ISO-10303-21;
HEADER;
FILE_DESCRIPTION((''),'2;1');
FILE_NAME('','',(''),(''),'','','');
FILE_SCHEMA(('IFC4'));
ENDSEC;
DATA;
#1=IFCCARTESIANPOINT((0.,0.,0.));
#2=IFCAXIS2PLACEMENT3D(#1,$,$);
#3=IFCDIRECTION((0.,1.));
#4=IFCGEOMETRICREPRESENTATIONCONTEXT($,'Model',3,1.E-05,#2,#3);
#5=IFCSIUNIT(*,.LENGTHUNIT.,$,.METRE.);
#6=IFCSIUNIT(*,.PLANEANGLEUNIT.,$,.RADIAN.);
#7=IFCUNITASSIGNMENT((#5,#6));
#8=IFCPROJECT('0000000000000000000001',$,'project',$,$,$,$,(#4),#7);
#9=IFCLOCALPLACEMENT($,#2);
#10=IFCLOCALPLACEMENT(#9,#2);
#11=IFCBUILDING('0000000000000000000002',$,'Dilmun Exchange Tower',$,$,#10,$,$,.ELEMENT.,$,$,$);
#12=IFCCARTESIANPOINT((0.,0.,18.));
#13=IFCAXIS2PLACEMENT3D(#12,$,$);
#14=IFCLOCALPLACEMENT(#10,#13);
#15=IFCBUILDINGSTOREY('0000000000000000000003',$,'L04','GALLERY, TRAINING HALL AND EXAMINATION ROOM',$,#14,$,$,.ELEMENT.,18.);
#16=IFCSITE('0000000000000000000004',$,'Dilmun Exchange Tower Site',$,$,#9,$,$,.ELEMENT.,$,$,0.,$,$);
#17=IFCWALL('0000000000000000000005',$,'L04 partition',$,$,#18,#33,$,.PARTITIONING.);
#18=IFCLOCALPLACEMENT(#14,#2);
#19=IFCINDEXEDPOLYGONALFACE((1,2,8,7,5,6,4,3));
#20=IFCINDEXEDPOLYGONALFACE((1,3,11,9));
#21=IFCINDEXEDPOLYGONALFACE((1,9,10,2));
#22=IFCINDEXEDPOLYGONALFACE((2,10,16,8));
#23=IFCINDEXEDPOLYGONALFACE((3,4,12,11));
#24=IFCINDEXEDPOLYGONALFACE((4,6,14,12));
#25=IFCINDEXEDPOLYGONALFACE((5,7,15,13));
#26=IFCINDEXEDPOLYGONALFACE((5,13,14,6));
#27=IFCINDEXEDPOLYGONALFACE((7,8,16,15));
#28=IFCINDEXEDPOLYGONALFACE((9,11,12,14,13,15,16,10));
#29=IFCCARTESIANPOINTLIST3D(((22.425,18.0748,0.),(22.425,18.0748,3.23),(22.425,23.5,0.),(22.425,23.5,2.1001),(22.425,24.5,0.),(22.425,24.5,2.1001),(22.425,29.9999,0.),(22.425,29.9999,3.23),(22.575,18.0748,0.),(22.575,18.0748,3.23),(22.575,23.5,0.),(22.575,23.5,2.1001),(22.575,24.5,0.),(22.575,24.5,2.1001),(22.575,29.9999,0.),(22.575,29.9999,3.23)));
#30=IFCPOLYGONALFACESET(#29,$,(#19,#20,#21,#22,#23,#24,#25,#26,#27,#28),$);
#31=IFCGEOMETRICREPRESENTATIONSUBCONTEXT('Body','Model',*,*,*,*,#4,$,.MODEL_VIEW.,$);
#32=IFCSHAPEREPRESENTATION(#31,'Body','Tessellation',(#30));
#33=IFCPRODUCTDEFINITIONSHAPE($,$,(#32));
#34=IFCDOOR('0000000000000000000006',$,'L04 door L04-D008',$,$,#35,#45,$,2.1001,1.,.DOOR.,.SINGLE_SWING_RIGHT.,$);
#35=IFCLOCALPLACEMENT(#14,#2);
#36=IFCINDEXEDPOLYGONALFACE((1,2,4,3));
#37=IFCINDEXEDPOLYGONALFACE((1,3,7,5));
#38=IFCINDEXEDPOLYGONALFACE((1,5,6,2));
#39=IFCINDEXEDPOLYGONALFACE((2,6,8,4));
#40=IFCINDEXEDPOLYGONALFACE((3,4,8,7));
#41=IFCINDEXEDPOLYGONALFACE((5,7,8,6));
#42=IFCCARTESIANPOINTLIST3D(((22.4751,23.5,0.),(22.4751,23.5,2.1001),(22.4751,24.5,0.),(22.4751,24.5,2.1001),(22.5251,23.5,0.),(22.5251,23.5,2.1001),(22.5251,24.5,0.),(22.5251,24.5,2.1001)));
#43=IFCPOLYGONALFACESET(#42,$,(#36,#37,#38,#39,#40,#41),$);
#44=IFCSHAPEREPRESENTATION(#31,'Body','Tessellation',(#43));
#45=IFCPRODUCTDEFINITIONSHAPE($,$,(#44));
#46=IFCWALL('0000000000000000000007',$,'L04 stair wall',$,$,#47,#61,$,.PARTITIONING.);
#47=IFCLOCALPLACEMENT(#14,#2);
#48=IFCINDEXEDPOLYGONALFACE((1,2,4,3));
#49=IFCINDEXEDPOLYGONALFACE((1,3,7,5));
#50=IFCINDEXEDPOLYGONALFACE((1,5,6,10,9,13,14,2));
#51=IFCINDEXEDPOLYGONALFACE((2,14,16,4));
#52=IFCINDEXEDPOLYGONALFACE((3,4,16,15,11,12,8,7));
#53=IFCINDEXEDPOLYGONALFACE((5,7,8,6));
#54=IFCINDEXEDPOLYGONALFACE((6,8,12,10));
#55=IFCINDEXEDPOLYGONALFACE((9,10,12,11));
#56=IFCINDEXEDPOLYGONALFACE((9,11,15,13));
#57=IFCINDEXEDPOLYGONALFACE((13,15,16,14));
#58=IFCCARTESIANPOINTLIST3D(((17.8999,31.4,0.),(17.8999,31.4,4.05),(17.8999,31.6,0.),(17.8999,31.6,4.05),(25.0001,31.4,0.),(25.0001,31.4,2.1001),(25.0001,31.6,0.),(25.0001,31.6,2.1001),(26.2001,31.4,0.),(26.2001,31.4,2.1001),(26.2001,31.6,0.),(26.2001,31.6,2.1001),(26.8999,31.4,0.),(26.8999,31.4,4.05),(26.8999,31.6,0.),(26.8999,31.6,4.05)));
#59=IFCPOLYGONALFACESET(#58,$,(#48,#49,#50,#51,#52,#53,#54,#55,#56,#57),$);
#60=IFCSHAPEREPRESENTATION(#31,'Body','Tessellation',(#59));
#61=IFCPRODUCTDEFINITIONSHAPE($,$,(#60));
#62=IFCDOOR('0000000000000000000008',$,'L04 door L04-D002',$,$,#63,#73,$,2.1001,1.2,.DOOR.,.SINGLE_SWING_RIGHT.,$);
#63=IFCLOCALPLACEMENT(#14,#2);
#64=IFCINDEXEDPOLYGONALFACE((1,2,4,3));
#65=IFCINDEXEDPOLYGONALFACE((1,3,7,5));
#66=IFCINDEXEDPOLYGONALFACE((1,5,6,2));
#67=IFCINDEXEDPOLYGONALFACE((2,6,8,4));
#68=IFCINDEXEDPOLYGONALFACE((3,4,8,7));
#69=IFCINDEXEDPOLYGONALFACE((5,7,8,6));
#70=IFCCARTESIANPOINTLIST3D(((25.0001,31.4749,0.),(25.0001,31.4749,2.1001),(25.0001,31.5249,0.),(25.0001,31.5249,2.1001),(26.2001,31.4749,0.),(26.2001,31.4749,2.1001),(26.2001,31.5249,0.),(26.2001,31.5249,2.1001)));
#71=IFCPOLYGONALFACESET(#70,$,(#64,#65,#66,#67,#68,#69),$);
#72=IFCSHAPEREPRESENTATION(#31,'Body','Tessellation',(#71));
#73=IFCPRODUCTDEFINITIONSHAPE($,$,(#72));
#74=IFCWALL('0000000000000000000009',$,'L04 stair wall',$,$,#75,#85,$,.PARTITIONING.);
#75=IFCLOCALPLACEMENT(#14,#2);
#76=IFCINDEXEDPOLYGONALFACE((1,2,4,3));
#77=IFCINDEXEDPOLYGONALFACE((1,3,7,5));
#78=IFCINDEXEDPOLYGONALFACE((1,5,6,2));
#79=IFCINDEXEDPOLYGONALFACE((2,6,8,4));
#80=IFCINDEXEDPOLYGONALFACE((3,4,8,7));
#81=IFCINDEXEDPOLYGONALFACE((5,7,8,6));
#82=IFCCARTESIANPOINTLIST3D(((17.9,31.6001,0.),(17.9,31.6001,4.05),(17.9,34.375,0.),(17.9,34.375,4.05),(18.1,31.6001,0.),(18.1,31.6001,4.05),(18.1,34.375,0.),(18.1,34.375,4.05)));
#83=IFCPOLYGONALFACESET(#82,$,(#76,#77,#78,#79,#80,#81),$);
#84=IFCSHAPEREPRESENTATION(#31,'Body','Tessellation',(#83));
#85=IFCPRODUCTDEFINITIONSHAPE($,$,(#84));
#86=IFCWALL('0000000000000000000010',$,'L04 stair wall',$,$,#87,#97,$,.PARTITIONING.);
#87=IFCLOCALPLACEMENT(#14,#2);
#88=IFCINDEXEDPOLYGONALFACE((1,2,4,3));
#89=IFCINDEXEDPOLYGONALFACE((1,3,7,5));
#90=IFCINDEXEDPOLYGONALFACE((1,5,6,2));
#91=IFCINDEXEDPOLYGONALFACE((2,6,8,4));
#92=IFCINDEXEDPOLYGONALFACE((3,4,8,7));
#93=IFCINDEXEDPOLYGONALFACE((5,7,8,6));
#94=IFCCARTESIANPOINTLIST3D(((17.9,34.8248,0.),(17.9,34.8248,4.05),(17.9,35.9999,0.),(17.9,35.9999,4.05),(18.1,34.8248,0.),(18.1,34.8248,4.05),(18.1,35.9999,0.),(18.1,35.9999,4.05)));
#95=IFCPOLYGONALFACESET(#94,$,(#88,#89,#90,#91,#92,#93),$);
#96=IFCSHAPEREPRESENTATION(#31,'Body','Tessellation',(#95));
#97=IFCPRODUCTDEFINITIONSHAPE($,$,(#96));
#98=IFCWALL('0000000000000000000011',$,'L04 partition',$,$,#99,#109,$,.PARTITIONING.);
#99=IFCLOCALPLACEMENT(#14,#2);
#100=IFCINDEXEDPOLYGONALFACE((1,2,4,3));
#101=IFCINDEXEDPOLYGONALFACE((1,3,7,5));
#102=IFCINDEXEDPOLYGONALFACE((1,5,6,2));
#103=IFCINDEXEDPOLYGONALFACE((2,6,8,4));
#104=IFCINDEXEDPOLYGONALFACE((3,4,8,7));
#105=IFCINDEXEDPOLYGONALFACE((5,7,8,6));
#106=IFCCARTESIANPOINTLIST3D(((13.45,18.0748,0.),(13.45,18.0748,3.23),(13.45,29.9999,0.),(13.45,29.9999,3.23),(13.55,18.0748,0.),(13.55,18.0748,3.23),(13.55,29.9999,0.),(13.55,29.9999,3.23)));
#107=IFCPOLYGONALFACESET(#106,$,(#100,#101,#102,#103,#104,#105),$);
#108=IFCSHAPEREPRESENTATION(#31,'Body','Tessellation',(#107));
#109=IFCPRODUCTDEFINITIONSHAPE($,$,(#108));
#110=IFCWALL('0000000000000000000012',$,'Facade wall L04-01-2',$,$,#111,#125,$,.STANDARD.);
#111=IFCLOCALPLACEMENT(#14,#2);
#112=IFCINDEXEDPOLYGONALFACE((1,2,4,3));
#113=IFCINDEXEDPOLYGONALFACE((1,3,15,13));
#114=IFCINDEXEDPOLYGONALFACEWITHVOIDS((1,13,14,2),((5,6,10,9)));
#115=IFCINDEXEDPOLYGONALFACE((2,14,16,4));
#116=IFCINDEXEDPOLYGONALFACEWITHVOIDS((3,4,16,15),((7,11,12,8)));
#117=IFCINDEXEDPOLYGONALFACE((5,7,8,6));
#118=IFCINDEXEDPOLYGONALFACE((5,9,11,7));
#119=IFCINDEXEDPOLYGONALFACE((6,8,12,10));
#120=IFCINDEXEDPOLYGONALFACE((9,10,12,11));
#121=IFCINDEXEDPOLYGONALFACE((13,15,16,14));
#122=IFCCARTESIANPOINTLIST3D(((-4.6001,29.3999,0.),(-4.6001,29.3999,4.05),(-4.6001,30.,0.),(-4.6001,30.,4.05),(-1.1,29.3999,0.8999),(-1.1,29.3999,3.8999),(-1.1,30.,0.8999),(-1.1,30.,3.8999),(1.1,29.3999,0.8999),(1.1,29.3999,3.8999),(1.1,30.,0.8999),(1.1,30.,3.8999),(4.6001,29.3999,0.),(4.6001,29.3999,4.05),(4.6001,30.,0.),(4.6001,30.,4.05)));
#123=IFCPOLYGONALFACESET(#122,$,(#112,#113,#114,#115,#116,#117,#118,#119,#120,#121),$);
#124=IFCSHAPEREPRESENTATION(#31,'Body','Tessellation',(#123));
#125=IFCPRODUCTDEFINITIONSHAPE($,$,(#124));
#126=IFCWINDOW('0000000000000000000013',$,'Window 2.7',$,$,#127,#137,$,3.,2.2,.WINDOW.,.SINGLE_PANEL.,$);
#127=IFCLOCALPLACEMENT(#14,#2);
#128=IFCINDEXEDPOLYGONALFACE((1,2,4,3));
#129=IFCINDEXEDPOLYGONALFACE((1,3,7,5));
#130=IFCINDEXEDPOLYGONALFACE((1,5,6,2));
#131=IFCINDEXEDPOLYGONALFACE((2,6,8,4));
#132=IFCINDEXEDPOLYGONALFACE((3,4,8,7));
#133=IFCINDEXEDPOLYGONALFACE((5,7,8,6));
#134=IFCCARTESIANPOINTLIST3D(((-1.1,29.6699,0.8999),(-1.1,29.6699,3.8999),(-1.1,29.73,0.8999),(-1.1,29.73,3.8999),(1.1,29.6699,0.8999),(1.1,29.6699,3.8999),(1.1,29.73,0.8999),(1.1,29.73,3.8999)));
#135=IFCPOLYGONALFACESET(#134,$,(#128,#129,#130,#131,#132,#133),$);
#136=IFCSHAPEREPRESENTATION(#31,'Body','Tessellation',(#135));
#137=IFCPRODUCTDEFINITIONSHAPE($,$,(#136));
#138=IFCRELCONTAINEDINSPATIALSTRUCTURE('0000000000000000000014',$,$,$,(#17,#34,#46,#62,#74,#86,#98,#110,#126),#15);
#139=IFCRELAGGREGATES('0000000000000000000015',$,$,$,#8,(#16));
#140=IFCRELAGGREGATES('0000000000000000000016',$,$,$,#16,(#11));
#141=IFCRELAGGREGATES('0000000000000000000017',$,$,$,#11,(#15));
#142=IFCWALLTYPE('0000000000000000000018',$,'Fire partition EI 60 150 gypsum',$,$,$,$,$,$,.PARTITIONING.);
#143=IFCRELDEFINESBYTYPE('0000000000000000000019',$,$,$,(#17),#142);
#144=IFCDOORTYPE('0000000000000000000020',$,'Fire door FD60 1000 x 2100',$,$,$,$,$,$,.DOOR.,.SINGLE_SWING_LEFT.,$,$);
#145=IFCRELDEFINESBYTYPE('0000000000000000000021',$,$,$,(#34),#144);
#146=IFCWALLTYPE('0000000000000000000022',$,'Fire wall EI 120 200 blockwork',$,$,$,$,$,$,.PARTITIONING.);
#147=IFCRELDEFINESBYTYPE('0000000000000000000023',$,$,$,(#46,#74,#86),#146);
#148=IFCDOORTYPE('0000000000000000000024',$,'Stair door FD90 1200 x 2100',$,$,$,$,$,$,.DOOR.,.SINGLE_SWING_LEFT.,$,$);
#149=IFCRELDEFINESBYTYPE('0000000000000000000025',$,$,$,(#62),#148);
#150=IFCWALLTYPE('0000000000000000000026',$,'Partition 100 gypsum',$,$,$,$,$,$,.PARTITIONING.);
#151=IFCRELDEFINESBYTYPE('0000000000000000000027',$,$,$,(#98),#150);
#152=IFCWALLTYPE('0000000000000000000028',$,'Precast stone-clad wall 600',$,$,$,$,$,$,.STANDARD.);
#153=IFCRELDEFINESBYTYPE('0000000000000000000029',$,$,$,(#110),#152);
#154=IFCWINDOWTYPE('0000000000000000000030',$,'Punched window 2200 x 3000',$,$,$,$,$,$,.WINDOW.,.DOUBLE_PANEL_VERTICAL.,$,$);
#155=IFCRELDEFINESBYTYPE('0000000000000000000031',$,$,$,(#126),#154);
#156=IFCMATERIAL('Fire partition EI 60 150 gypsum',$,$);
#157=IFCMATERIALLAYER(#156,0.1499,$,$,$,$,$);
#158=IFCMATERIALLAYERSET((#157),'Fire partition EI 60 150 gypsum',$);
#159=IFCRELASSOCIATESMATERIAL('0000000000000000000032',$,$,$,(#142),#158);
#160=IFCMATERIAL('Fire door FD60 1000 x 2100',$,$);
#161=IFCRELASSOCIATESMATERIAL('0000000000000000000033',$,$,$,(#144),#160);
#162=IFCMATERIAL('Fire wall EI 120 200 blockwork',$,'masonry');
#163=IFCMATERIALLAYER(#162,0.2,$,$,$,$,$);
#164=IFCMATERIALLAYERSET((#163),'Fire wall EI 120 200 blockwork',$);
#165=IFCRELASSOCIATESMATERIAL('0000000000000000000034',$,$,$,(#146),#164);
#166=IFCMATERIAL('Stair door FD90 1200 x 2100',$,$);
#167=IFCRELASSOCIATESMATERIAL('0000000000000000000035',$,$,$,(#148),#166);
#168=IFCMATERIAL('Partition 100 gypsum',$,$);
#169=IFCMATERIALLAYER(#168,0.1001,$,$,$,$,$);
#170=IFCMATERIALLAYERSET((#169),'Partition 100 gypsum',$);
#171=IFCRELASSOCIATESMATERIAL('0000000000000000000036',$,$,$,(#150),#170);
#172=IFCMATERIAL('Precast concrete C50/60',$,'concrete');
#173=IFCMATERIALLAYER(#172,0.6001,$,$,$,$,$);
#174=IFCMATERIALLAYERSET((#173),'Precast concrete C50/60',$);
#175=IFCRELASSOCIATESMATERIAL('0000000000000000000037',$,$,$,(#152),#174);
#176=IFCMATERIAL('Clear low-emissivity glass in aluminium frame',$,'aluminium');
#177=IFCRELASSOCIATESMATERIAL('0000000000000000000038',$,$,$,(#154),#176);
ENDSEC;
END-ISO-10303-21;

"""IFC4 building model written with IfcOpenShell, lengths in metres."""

from ifc_helpers import new_model, si_unit, direction, frame, frame_2d, origin, place, context, subcontext, project, spatial, rectangle, extrude, material, layer, layer_set, type_object, element, fill, save


model = new_model("IFC4")

# Units and contexts
model_context = context("Model", 3, precision=1e-05, world=origin(), true_north=direction((0.0, 1.0)))
body_context = subcontext(model_context, "Body", "Model", "MODEL_VIEW")
ifc_project = project(units=[si_unit("LENGTHUNIT", "METRE"), si_unit("PLANEANGLEUNIT", "RADIAN")], contexts=[model_context])

# Site, building, storey
site_placement = place(None, origin())
site = spatial("IfcSite", under=ifc_project, at=site_placement, Name="Dilmun Exchange Tower Site", CompositionType="ELEMENT", RefElevation=0.0)
building_placement = place(site_placement, origin())
building = spatial("IfcBuilding", under=site, at=building_placement, Name="Dilmun Exchange Tower", CompositionType="ELEMENT")
storey_placement = place(building_placement, frame((0.0, 0.0, 18.0)))
storey = spatial("IfcBuildingStorey", under=building, at=storey_placement, Name="L04", Description="GALLERY, TRAINING HALL AND EXAMINATION ROOM", CompositionType="ELEMENT", Elevation=18.0)

# Shared definitions
ifc_material_1 = material(Name="Fire partition EI 60 150 gypsum")
ifc_layer_1 = layer(ifc_material_1, 0.1499)
ifc_layer_set_1 = layer_set([ifc_layer_1], Name="Fire partition EI 60 150 gypsum")
wall_type_1 = type_object("IfcWallType", Name="Fire partition EI 60 150 gypsum", PredefinedType="PARTITIONING", material=ifc_layer_set_1)
ifc_material_2 = material(Name="Fire door FD60 1000 x 2100")
door_type_1 = type_object("IfcDoorType", Name="Fire door FD60 1000 x 2100", OperationType="SINGLE_SWING_LEFT", PredefinedType="DOOR", material=ifc_material_2)

# Walls, openings, doors
wall_1_placement = place(storey_placement, frame((22.5, 18.075, 0.0), z_axis=(0.0, 0.0, 1.0), x_axis=(0.0, 1.0, 0.0)))
wall_1 = element("IfcWall", 1, at=wall_1_placement, inside=storey, type_object=wall_type_1, Name="L04 partition", PredefinedType="PARTITIONING", context=body_context, shape_type="SweptSolid", body=[
    extrude(rectangle(XDim=11.925, YDim=0.1499, at=frame_2d((5.9624, 0.0))), origin(), (0.0, 0.0, 1.0), 3.23),
])
opening_1_placement = place(wall_1_placement, frame((5.425, 0.0, 0.0)))
opening_1 = element("IfcOpeningElement", 2, at=opening_1_placement, cuts=wall_1, PredefinedType="OPENING", context=body_context, shape_type="SweptSolid", body=[
    extrude(rectangle(XDim=1.0, YDim=2.1001, at=frame_2d((0.5, 1.05))), frame((0.0, 0.085, 0.0), z_axis=(0.0, -1.0, 0.0), x_axis=(1.0, 0.0, 0.0)), (0.0, 0.0, 1.0), 0.1699),
])
door_1_placement = place(opening_1_placement, origin())
door_1 = element("IfcDoor", 3, at=door_1_placement, inside=storey, type_object=door_type_1, Name="L04 door L04-D008", OperationType="SINGLE_SWING_RIGHT", OverallHeight=2.1001, OverallWidth=1.0, PredefinedType="DOOR", context=body_context, shape_type="SweptSolid", body=[
    extrude(rectangle(XDim=1.0, YDim=2.1001, at=frame_2d((0.5, 1.05))), frame((0.0, 0.0249, 0.0), z_axis=(0.0, -1.0, 0.0), x_axis=(1.0, 0.0, 0.0)), (0.0, 0.0, 1.0), 0.05),
])
fill(opening_1, door_1)
ifc_material_3 = material(Name="Fire wall EI 120 200 blockwork", Category="masonry")
ifc_layer_2 = layer(ifc_material_3, 0.2)
ifc_layer_set_2 = layer_set([ifc_layer_2], Name="Fire wall EI 120 200 blockwork")
wall_type_2 = type_object("IfcWallType", Name="Fire wall EI 120 200 blockwork", PredefinedType="PARTITIONING", material=ifc_layer_set_2)
wall_2_placement = place(storey_placement, frame((17.8999, 31.5, 0.0), z_axis=(0.0, 0.0, 1.0), x_axis=(1.0, 0.0, 0.0)))
wall_2 = element("IfcWall", 4, at=wall_2_placement, inside=storey, type_object=wall_type_2, Name="L04 stair wall", PredefinedType="PARTITIONING", context=body_context, shape_type="SweptSolid", body=[
    extrude(rectangle(XDim=9.0, YDim=0.2, at=frame_2d((4.5, 0.0))), origin(), (0.0, 0.0, 1.0), 4.05),
])
opening_2_placement = place(wall_2_placement, frame((7.1001, 0.0, 0.0)))
opening_2 = element("IfcOpeningElement", 5, at=opening_2_placement, cuts=wall_2, PredefinedType="OPENING", context=body_context, shape_type="SweptSolid", body=[
    extrude(rectangle(XDim=1.2, YDim=2.1001, at=frame_2d((0.6001, 1.05))), frame((0.0, 0.1099, 0.0), z_axis=(0.0, -1.0, 0.0), x_axis=(1.0, 0.0, 0.0)), (0.0, 0.0, 1.0), 0.22),
])
ifc_material_4 = material(Name="Stair door FD90 1200 x 2100")
door_type_2 = type_object("IfcDoorType", Name="Stair door FD90 1200 x 2100", OperationType="SINGLE_SWING_LEFT", PredefinedType="DOOR", material=ifc_material_4)
door_2_placement = place(opening_2_placement, origin())
door_2 = element("IfcDoor", 6, at=door_2_placement, inside=storey, type_object=door_type_2, Name="L04 door L04-D002", OperationType="SINGLE_SWING_RIGHT", OverallHeight=2.1001, OverallWidth=1.2, PredefinedType="DOOR", context=body_context, shape_type="SweptSolid", body=[
    extrude(rectangle(XDim=1.2, YDim=2.1001, at=frame_2d((0.6001, 1.05))), frame((0.0, 0.0249, 0.0), z_axis=(0.0, -1.0, 0.0), x_axis=(1.0, 0.0, 0.0)), (0.0, 0.0, 1.0), 0.05),
])
fill(opening_2, door_2)

# Walls
wall_3_placement = place(storey_placement, frame((18.0, 31.6001, 0.0), z_axis=(0.0, 0.0, 1.0), x_axis=(0.0, 1.0, 0.0)))
element("IfcWall", 7, at=wall_3_placement, inside=storey, type_object=wall_type_2, Name="L04 stair wall", PredefinedType="PARTITIONING", context=body_context, shape_type="SweptSolid", body=[
    extrude(rectangle(XDim=2.7749, YDim=0.2, at=frame_2d((1.3875, 0.0))), origin(), (0.0, 0.0, 1.0), 4.05),
])
wall_4_placement = place(storey_placement, frame((18.0, 34.825, 0.0), z_axis=(0.0, 0.0, 1.0), x_axis=(0.0, 1.0, 0.0)))
element("IfcWall", 8, at=wall_4_placement, inside=storey, type_object=wall_type_2, Name="L04 stair wall", PredefinedType="PARTITIONING", context=body_context, shape_type="SweptSolid", body=[
    extrude(rectangle(XDim=1.175, YDim=0.2, at=frame_2d((0.5874, 0.0))), origin(), (0.0, 0.0, 1.0), 4.05),
])
ifc_material_5 = material(Name="Partition 100 gypsum")
ifc_layer_3 = layer(ifc_material_5, 0.1001)
ifc_layer_set_3 = layer_set([ifc_layer_3], Name="Partition 100 gypsum")
wall_type_3 = type_object("IfcWallType", Name="Partition 100 gypsum", PredefinedType="PARTITIONING", material=ifc_layer_set_3)
wall_5_placement = place(storey_placement, frame((13.5, 18.075, 0.0), z_axis=(0.0, 0.0, 1.0), x_axis=(0.0, 1.0, 0.0)))
element("IfcWall", 9, at=wall_5_placement, inside=storey, type_object=wall_type_3, Name="L04 partition", PredefinedType="PARTITIONING", context=body_context, shape_type="SweptSolid", body=[
    extrude(rectangle(XDim=11.925, YDim=0.1001, at=frame_2d((5.9624, 0.0))), origin(), (0.0, 0.0, 1.0), 3.23),
])

# Shared definitions
ifc_material_6 = material(Name="Precast concrete C50/60", Category="concrete")
ifc_layer_4 = layer(ifc_material_6, 0.6001)
ifc_layer_set_4 = layer_set([ifc_layer_4], Name="Precast concrete C50/60")
wall_type_4 = type_object("IfcWallType", Name="Precast stone-clad wall 600", PredefinedType="STANDARD", material=ifc_layer_set_4)
ifc_material_7 = material(Name="Clear low-emissivity glass in aluminium frame", Category="aluminium")

# Wall, opening, window
wall_6_placement = place(storey_placement, frame((4.6001, 29.7, 0.0), z_axis=(0.0, 0.0, 1.0), x_axis=(-1.0, 0.0, 0.0)))
wall_6 = element("IfcWall", 10, at=wall_6_placement, inside=storey, type_object=wall_type_4, Name="Facade wall L04-01-2", PredefinedType="STANDARD", context=body_context, shape_type="SweptSolid", body=[
    extrude(rectangle(XDim=9.2002, YDim=0.6001, at=frame_2d((4.6001, 0.0))), origin(), (0.0, 0.0, 1.0), 4.05),
])
opening_3_placement = place(wall_6_placement, frame((3.5, 0.0, 0.8999)))
opening_3 = element("IfcOpeningElement", 11, at=opening_3_placement, cuts=wall_6, PredefinedType="OPENING", context=body_context, shape_type="SweptSolid", body=[
    extrude(rectangle(XDim=2.2, YDim=3.0, at=frame_2d((1.1001, 1.5))), frame((0.0, 0.3101, 0.0), z_axis=(0.0, -1.0, 0.0), x_axis=(1.0, 0.0, 0.0)), (0.0, 0.0, 1.0), 0.6201),
])
window_type = type_object("IfcWindowType", Name="Punched window 2200 x 3000", PartitioningType="DOUBLE_PANEL_VERTICAL", PredefinedType="WINDOW", material=ifc_material_7)
window_placement = place(opening_3_placement, origin())
window = element("IfcWindow", 12, at=window_placement, inside=storey, type_object=window_type, Name="Window 2.7", OverallHeight=3.0, OverallWidth=2.2, PartitioningType="SINGLE_PANEL", PredefinedType="WINDOW", context=body_context, shape_type="SweptSolid", body=[
    extrude(rectangle(XDim=2.2, YDim=3.0, at=frame_2d((1.1001, 1.5))), frame((0.0, 0.03, 0.0), z_axis=(0.0, -1.0, 0.0), x_axis=(1.0, 0.0, 0.0)), (0.0, 0.0, 1.0), 0.0601),
])
fill(opening_3, window)

save(model, "model.ifc")
